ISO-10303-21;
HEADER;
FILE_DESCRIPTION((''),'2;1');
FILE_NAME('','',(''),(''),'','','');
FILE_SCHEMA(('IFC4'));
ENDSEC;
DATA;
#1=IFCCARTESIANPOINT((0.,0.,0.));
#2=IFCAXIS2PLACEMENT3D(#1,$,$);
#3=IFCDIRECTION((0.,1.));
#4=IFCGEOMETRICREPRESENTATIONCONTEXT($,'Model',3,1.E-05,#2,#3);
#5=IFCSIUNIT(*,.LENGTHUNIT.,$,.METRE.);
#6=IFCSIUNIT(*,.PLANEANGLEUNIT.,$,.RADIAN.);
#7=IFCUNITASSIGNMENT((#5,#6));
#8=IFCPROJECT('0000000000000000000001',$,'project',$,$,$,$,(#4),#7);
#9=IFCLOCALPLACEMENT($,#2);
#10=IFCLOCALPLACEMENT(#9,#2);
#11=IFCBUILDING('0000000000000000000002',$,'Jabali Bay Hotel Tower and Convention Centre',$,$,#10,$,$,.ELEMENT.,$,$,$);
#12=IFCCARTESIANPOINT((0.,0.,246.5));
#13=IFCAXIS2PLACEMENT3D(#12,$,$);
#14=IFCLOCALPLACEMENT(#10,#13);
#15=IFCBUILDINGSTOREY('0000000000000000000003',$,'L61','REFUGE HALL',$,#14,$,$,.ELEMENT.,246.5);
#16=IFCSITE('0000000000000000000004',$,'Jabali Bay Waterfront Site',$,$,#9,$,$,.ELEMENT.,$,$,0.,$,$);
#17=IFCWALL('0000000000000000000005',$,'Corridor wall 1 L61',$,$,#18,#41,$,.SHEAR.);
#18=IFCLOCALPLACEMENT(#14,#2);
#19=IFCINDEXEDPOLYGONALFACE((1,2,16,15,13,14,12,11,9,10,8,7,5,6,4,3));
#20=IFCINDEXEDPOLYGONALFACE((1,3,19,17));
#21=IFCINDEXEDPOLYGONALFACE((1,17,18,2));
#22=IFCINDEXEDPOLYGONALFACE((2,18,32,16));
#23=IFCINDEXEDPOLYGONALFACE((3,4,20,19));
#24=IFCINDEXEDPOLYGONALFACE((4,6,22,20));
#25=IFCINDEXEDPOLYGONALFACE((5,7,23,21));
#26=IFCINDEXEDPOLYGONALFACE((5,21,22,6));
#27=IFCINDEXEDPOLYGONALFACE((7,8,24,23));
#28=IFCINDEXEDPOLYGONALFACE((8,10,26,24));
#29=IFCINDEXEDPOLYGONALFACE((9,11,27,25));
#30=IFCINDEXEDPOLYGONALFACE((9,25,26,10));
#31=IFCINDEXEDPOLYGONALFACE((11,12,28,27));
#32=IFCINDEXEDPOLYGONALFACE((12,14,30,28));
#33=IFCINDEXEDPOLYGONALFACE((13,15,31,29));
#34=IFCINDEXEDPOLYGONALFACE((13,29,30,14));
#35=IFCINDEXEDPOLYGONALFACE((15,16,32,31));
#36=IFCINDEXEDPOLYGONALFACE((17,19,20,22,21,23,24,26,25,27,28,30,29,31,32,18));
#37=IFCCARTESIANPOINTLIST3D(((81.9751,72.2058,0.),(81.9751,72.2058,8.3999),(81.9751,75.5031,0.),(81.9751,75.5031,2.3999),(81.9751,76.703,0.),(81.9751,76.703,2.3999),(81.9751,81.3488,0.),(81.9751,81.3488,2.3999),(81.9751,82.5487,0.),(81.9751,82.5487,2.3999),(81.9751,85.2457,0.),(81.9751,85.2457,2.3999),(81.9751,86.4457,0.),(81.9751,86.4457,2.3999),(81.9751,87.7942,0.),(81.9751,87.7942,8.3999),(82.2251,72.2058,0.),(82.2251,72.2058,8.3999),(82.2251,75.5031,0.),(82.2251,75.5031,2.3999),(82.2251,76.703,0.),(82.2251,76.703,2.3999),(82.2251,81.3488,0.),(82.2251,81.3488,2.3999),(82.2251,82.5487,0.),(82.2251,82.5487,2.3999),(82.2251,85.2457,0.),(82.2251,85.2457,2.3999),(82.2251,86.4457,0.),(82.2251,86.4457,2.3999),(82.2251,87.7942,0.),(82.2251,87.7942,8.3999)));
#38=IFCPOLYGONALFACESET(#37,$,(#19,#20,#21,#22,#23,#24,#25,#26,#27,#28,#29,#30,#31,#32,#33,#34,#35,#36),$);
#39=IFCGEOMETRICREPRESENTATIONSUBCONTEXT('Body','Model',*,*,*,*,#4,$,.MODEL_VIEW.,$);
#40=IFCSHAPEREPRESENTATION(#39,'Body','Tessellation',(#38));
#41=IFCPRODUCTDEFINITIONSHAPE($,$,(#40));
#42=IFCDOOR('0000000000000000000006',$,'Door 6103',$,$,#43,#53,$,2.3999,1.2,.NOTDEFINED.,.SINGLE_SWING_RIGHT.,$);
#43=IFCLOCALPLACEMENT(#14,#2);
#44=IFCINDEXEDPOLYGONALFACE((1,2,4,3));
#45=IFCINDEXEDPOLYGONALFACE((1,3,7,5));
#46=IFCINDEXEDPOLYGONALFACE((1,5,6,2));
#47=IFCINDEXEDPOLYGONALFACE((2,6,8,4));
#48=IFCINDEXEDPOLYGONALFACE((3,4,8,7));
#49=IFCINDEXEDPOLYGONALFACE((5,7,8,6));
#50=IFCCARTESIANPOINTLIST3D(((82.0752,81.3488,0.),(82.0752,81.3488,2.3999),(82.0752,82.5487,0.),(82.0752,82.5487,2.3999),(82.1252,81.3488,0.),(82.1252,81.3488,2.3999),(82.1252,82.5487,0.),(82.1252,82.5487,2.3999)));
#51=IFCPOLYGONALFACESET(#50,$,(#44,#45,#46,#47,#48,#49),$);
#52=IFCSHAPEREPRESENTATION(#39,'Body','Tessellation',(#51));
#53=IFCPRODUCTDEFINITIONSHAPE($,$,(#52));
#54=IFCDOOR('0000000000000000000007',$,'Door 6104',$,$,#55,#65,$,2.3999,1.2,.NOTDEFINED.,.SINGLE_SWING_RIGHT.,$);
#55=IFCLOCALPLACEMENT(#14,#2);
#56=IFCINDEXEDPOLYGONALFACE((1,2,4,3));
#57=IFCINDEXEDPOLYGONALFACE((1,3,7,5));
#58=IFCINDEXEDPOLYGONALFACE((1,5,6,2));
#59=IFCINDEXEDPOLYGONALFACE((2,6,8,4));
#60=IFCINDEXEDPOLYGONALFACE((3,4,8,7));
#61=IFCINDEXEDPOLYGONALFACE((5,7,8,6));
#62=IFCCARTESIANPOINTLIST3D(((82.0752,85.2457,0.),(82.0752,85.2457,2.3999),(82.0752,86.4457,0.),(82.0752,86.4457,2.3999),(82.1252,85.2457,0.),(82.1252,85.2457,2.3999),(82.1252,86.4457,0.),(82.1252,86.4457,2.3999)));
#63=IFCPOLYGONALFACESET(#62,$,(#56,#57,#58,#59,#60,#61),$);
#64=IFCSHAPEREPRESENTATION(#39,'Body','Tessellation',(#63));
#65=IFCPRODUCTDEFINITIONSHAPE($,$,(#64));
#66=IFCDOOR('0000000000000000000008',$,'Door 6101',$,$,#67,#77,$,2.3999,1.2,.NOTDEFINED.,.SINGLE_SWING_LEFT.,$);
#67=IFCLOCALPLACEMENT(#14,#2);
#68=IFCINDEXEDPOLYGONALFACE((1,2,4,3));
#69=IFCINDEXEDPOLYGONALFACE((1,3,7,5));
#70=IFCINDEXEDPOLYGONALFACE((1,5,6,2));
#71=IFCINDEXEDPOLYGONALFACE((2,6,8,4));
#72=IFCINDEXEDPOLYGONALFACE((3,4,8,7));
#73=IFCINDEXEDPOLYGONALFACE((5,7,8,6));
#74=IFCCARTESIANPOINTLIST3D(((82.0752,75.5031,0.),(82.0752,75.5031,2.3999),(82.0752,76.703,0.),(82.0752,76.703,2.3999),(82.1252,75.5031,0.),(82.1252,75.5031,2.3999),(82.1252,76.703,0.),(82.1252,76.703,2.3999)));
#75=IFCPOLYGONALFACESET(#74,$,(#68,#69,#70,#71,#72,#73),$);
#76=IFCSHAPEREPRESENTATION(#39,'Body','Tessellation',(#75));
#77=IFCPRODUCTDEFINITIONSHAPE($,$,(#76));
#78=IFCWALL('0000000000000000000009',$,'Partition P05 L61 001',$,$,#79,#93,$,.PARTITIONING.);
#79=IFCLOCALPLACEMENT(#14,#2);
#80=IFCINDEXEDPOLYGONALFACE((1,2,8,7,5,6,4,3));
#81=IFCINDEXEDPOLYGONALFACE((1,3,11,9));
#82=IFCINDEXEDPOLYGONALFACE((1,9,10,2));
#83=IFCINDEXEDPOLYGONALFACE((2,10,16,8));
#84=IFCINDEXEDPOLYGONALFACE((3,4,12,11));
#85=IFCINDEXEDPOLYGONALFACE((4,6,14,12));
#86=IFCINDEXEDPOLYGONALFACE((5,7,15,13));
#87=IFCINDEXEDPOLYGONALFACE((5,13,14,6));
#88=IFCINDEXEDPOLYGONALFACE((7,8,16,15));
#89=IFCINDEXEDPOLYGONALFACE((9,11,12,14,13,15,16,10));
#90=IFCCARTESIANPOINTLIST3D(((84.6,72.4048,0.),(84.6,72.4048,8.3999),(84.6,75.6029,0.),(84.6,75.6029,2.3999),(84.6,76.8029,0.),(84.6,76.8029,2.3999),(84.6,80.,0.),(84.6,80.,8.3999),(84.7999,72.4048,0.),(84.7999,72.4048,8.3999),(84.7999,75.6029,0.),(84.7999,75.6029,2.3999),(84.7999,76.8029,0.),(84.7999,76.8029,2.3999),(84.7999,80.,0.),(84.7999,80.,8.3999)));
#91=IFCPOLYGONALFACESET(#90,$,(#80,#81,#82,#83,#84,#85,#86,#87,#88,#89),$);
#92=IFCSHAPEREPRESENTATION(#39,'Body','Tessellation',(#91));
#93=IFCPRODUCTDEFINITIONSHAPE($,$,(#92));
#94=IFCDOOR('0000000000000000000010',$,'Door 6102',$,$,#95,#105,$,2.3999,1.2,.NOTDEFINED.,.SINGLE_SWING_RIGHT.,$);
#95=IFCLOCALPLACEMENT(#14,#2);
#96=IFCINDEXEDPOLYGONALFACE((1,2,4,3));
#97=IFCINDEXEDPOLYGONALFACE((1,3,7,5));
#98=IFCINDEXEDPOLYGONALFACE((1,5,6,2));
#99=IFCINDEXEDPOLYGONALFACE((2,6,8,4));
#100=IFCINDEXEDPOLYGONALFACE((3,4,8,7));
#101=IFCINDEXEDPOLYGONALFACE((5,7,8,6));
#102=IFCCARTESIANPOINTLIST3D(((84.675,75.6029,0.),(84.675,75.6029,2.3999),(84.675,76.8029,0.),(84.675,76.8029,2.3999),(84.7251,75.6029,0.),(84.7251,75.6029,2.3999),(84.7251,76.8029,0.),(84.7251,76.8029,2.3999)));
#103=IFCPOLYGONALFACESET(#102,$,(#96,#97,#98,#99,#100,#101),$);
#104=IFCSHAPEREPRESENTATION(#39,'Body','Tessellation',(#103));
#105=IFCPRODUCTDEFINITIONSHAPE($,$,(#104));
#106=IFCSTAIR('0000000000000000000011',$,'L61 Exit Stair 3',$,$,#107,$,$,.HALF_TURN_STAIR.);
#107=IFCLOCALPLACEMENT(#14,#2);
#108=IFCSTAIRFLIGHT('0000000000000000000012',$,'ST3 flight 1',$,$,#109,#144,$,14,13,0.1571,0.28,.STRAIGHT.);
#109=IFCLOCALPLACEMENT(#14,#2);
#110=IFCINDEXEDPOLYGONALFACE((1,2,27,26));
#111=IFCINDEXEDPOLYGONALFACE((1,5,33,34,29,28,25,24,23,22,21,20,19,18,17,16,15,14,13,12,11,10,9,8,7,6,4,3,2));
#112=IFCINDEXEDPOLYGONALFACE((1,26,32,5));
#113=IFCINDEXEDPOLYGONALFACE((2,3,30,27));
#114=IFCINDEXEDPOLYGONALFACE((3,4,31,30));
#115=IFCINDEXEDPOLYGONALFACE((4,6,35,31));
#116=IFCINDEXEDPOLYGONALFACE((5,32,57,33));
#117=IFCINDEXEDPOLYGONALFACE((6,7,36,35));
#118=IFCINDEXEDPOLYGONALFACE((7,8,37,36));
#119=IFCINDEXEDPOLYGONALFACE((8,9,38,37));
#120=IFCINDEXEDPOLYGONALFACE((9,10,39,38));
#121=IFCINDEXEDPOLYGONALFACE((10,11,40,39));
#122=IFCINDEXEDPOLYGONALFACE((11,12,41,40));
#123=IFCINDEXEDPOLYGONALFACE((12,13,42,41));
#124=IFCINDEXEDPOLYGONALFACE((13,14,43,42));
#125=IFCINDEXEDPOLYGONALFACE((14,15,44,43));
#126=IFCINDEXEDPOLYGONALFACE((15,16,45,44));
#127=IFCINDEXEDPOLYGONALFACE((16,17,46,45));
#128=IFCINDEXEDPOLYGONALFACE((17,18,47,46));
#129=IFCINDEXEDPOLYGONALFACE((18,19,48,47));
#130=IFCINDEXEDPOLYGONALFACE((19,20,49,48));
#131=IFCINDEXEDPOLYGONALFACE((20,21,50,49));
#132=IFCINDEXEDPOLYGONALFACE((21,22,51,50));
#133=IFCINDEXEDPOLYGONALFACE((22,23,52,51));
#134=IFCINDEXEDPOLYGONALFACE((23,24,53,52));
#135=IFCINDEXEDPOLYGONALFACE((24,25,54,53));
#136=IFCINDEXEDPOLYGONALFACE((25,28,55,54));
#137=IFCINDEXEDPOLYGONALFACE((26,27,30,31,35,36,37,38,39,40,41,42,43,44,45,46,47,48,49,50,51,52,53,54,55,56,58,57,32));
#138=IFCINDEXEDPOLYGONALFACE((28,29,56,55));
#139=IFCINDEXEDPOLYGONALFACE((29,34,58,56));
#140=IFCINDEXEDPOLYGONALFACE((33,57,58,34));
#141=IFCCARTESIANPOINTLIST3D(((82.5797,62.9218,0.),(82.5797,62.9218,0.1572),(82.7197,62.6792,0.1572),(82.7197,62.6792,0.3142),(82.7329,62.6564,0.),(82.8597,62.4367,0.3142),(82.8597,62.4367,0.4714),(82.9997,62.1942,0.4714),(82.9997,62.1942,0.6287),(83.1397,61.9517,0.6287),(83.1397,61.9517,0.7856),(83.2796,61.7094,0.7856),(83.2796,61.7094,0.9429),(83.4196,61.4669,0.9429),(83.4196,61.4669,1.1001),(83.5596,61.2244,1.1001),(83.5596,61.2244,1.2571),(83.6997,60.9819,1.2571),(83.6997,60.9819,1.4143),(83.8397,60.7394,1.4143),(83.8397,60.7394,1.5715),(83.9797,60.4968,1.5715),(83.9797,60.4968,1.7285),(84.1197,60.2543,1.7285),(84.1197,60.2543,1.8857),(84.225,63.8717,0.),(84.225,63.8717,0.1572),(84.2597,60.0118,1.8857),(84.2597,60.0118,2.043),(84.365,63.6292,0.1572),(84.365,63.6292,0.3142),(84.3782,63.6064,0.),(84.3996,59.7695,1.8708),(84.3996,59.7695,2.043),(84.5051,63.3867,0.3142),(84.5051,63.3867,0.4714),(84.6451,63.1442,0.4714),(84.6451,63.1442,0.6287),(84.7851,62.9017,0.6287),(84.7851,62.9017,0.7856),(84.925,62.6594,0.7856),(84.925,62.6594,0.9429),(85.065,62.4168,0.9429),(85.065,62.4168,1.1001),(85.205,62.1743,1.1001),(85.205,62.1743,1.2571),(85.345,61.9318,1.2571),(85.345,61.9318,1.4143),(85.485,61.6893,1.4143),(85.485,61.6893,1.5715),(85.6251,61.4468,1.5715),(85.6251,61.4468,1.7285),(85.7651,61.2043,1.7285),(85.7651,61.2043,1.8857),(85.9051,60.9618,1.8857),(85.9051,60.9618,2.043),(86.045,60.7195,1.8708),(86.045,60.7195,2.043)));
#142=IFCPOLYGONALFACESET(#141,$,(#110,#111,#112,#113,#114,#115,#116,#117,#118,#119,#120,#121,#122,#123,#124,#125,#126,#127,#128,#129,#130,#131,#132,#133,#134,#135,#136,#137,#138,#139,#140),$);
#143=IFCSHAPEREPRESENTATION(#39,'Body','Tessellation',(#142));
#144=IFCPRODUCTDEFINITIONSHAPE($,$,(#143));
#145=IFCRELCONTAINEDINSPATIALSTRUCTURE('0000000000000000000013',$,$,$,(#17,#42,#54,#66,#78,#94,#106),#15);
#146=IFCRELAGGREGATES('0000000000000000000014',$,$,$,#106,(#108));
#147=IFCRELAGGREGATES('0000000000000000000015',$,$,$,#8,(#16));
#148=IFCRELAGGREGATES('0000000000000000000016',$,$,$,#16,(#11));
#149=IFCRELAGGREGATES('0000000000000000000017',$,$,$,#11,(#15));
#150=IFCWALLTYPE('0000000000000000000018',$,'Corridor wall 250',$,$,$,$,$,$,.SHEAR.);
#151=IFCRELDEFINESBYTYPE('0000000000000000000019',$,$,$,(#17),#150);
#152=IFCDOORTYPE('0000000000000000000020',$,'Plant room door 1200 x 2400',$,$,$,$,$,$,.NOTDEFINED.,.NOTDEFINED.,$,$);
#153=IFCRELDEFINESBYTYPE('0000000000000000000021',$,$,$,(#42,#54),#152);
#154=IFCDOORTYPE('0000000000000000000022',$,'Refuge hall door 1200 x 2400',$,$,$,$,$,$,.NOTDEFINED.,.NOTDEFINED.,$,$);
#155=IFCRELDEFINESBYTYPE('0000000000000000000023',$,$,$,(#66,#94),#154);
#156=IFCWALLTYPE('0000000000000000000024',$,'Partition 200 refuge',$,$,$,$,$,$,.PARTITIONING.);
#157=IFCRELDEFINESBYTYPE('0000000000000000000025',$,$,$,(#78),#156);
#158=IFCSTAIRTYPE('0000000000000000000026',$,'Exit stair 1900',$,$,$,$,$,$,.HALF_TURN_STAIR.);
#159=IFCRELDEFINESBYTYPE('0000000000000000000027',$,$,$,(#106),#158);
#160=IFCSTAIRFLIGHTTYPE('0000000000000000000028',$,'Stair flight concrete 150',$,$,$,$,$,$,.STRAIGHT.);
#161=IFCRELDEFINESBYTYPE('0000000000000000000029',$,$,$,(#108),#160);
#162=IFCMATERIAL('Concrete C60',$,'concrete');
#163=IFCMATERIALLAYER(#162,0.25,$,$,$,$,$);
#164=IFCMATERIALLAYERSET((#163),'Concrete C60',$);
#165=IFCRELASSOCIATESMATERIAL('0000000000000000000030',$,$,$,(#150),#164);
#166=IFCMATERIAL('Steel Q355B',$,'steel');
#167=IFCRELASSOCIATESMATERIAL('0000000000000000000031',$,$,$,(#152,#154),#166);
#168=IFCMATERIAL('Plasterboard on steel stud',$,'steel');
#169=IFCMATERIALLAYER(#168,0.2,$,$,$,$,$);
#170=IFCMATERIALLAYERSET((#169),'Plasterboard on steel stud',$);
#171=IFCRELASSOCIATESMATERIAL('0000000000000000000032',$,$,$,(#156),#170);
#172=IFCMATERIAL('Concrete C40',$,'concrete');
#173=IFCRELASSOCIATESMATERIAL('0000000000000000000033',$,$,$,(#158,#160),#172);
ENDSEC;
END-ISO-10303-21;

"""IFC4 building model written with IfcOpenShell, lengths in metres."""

from ifc_helpers import new_model, si_unit, direction, frame, frame_2d, origin, place, context, subcontext, project, spatial, polyline, rectangle, outline, extrude, material, layer, layer_set, type_object, element, fill, aggregate, save


model = new_model("IFC4")

# Units and contexts
model_context = context("Model", 3, precision=1e-05, world=origin(), true_north=direction((0.0, 1.0)))
body_context = subcontext(model_context, "Body", "Model", "MODEL_VIEW")
ifc_project = project(units=[si_unit("LENGTHUNIT", "METRE"), si_unit("PLANEANGLEUNIT", "RADIAN")], contexts=[model_context])

# Site, building, storey
site_placement = place(None, origin())
site = spatial("IfcSite", under=ifc_project, at=site_placement, Name="Jabali Bay Waterfront Site", CompositionType="ELEMENT", RefElevation=0.0)
building_placement = place(site_placement, origin())
building = spatial("IfcBuilding", under=site, at=building_placement, Name="Jabali Bay Hotel Tower and Convention Centre", CompositionType="ELEMENT")
storey_placement = place(building_placement, frame((0.0, 0.0, 246.5)))
storey = spatial("IfcBuildingStorey", under=building, at=storey_placement, Name="L61", Description="REFUGE HALL", CompositionType="ELEMENT", Elevation=246.5)

# Shared definitions
ifc_material_1 = material(Name="Concrete C40", Category="concrete")

# Shared definitions
ifc_material_2 = material(Name="Concrete C60", Category="concrete")

# Wall, openings, doors
ifc_layer_1 = layer(ifc_material_2, 0.25)
ifc_layer_set_1 = layer_set([ifc_layer_1], Name="Concrete C60")
wall_type_1 = type_object("IfcWallType", Name="Corridor wall 250", PredefinedType="SHEAR", material=ifc_layer_set_1)
wall_1_placement = place(storey_placement, frame((82.1001, 72.2058, 0.0), z_axis=(0.0, 0.0, 1.0), x_axis=(0.0, 1.0, 0.0)))
wall_1 = element("IfcWall", 1, at=wall_1_placement, inside=storey, type_object=wall_type_1, Name="Corridor wall 1 L61", PredefinedType="SHEAR", context=body_context, shape_type="SweptSolid", body=[
    extrude(rectangle(XDim=15.5884, YDim=0.25, at=frame_2d((7.7942, 0.0))), origin(), (0.0, 0.0, 1.0), 8.3999),
])
opening_1_placement = place(wall_1_placement, frame((3.2971, 0.0, 0.0)))
opening_1 = element("IfcOpeningElement", 2, at=opening_1_placement, cuts=wall_1, PredefinedType="OPENING", context=body_context, shape_type="SweptSolid", body=[
    extrude(rectangle(XDim=1.2, YDim=2.3999, at=frame_2d((0.6001, 1.2))), frame((0.0, 0.1355, 0.0), z_axis=(0.0, -1.0, 0.0), x_axis=(1.0, 0.0, 0.0)), (0.0, 0.0, 1.0), 0.271),
])
opening_2_placement = place(wall_1_placement, frame((9.1428, 0.0, 0.0)))
opening_2 = element("IfcOpeningElement", 3, at=opening_2_placement, cuts=wall_1, PredefinedType="OPENING", context=body_context, shape_type="SweptSolid", body=[
    extrude(rectangle(XDim=1.2, YDim=2.3999, at=frame_2d((0.6001, 1.2))), frame((0.0, 0.1355, 0.0), z_axis=(0.0, -1.0, 0.0), x_axis=(1.0, 0.0, 0.0)), (0.0, 0.0, 1.0), 0.271),
])
opening_3_placement = place(wall_1_placement, frame((13.0398, 0.0, 0.0)))
opening_3 = element("IfcOpeningElement", 4, at=opening_3_placement, cuts=wall_1, PredefinedType="OPENING", context=body_context, shape_type="SweptSolid", body=[
    extrude(rectangle(XDim=1.2, YDim=2.3999, at=frame_2d((0.6001, 1.2))), frame((0.0, 0.1355, 0.0), z_axis=(0.0, -1.0, 0.0), x_axis=(1.0, 0.0, 0.0)), (0.0, 0.0, 1.0), 0.271),
])
ifc_material_3 = material(Name="Steel Q355B", Category="steel")
door_type_1 = type_object("IfcDoorType", Name="Plant room door 1200 x 2400", OperationType="NOTDEFINED", PredefinedType="NOTDEFINED", material=ifc_material_3)
door_1_placement = place(opening_2_placement, origin())
door_1 = element("IfcDoor", 5, at=door_1_placement, inside=storey, type_object=door_type_1, Name="Door 6103", OperationType="SINGLE_SWING_RIGHT", OverallHeight=2.3999, OverallWidth=1.2, PredefinedType="NOTDEFINED", context=body_context, shape_type="SweptSolid", body=[
    extrude(rectangle(XDim=1.2, YDim=2.3999, at=frame_2d((0.6001, 1.2))), frame((0.0, 0.0249, 0.0), z_axis=(0.0, -1.0, 0.0), x_axis=(1.0, 0.0, 0.0)), (0.0, 0.0, 1.0), 0.05),
])
fill(opening_2, door_1)
door_2_placement = place(opening_3_placement, origin())
door_2 = element("IfcDoor", 6, at=door_2_placement, inside=storey, type_object=door_type_1, Name="Door 6104", OperationType="SINGLE_SWING_RIGHT", OverallHeight=2.3999, OverallWidth=1.2, PredefinedType="NOTDEFINED", context=body_context, shape_type="SweptSolid", body=[
    extrude(rectangle(XDim=1.2, YDim=2.3999, at=frame_2d((0.6001, 1.2))), frame((0.0, 0.0249, 0.0), z_axis=(0.0, -1.0, 0.0), x_axis=(1.0, 0.0, 0.0)), (0.0, 0.0, 1.0), 0.05),
])
fill(opening_3, door_2)
door_type_2 = type_object("IfcDoorType", Name="Refuge hall door 1200 x 2400", OperationType="NOTDEFINED", PredefinedType="NOTDEFINED", material=ifc_material_3)
door_3_placement = place(opening_1_placement, origin())
door_3 = element("IfcDoor", 7, at=door_3_placement, inside=storey, type_object=door_type_2, Name="Door 6101", OperationType="SINGLE_SWING_LEFT", OverallHeight=2.3999, OverallWidth=1.2, PredefinedType="NOTDEFINED", context=body_context, shape_type="SweptSolid", body=[
    extrude(rectangle(XDim=1.2, YDim=2.3999, at=frame_2d((0.6001, 1.2))), frame((0.0, 0.0249, 0.0), z_axis=(0.0, -1.0, 0.0), x_axis=(1.0, 0.0, 0.0)), (0.0, 0.0, 1.0), 0.05),
])
fill(opening_1, door_3)

# Wall, opening, door
ifc_material_4 = material(Name="Plasterboard on steel stud", Category="steel")
ifc_layer_2 = layer(ifc_material_4, 0.2)
ifc_layer_set_2 = layer_set([ifc_layer_2], Name="Plasterboard on steel stud")
wall_type_2 = type_object("IfcWallType", Name="Partition 200 refuge", PredefinedType="PARTITIONING", material=ifc_layer_set_2)
wall_2_placement = place(storey_placement, frame((84.7, 72.4048, 0.0), z_axis=(0.0, 0.0, 1.0), x_axis=(0.0, 1.0, 0.0)))
wall_2 = element("IfcWall", 8, at=wall_2_placement, inside=storey, type_object=wall_type_2, Name="Partition P05 L61 001", PredefinedType="PARTITIONING", context=body_context, shape_type="SweptSolid", body=[
    extrude(rectangle(XDim=7.5952, YDim=0.2, at=frame_2d((3.7976, 0.0))), origin(), (0.0, 0.0, 1.0), 8.3999),
])
opening_4_placement = place(wall_2_placement, frame((3.198, 0.0, 0.0)))
opening_4 = element("IfcOpeningElement", 9, at=opening_4_placement, cuts=wall_2, PredefinedType="OPENING", context=body_context, shape_type="SweptSolid", body=[
    extrude(rectangle(XDim=1.2, YDim=2.3999, at=frame_2d((0.6001, 1.2))), frame((0.0, 0.1104, 0.0), z_axis=(0.0, -1.0, 0.0), x_axis=(1.0, 0.0, 0.0)), (0.0, 0.0, 1.0), 0.2209),
])
door_4_placement = place(opening_4_placement, origin())
door_4 = element("IfcDoor", 10, at=door_4_placement, inside=storey, type_object=door_type_2, Name="Door 6102", OperationType="SINGLE_SWING_RIGHT", OverallHeight=2.3999, OverallWidth=1.2, PredefinedType="NOTDEFINED", context=body_context, shape_type="SweptSolid", body=[
    extrude(rectangle(XDim=1.2, YDim=2.3999, at=frame_2d((0.6001, 1.2))), frame((0.0, 0.0249, 0.0), z_axis=(0.0, -1.0, 0.0), x_axis=(1.0, 0.0, 0.0)), (0.0, 0.0, 1.0), 0.05),
])
fill(opening_4, door_4)

# Stair, stair flight
stair_type = type_object("IfcStairType", Name="Exit stair 1900", PredefinedType="HALF_TURN_STAIR", material=ifc_material_1)
stair_placement = place(storey_placement, origin())
stair = element("IfcStair", 11, at=stair_placement, inside=storey, type_object=stair_type, Name="L61 Exit Stair 3", PredefinedType="HALF_TURN_STAIR")
stair_flight_type = type_object("IfcStairFlightType", Name="Stair flight concrete 150", PredefinedType="STRAIGHT", material=ifc_material_1)
stair_flight_1_placement = place(storey_placement, frame((83.4023, 63.3967, 0.0), z_axis=(0.0, 0.0, 1.0), x_axis=(0.5, -0.866025, 0.0)))
stair_flight_1 = element("IfcStairFlight", 12, at=stair_flight_1_placement, type_object=stair_flight_type, Name="ST3 flight 1", NumberOfRisers=14, NumberOfTreads=13, PredefinedType="STRAIGHT", RiserHeight=0.1571, TreadLength=0.28, context=body_context, shape_type="SweptSolid", body=[
    extrude(outline(polyline([(0.0, 0.0), (0.0, 0.1572), (0.28, 0.1572), (0.28, 0.3142), (0.5601, 0.3142), (0.5601, 0.4714), (0.8401, 0.4714), (0.8401, 0.6287), (1.1201, 0.6287), (1.1201, 0.7856), (1.3999, 0.7856), (1.3999, 0.9429), (1.6799, 0.9429), (1.6799, 1.1001), (1.96, 1.1001), (1.96, 1.2571), (2.24, 1.2571), (2.24, 1.4143), (2.52, 1.4143), (2.52, 1.5715), (2.8, 1.5715), (2.8, 1.7285), (3.0801, 1.7285), (3.0801, 1.8857), (3.3601, 1.8857), (3.3601, 2.043), (3.6399, 2.043), (3.6399, 2.2), (3.6399, 1.8708), (0.3064, 0.0), (0.0, 0.0)])), frame((0.0, 0.95, 0.0), z_axis=(0.0, -1.0, 0.0), x_axis=(1.0, 0.0, 0.0)), (0.0, 0.0, 1.0), 1.8999),
])
aggregate(stair, [stair_flight_1])

save(model, "model.ifc")
